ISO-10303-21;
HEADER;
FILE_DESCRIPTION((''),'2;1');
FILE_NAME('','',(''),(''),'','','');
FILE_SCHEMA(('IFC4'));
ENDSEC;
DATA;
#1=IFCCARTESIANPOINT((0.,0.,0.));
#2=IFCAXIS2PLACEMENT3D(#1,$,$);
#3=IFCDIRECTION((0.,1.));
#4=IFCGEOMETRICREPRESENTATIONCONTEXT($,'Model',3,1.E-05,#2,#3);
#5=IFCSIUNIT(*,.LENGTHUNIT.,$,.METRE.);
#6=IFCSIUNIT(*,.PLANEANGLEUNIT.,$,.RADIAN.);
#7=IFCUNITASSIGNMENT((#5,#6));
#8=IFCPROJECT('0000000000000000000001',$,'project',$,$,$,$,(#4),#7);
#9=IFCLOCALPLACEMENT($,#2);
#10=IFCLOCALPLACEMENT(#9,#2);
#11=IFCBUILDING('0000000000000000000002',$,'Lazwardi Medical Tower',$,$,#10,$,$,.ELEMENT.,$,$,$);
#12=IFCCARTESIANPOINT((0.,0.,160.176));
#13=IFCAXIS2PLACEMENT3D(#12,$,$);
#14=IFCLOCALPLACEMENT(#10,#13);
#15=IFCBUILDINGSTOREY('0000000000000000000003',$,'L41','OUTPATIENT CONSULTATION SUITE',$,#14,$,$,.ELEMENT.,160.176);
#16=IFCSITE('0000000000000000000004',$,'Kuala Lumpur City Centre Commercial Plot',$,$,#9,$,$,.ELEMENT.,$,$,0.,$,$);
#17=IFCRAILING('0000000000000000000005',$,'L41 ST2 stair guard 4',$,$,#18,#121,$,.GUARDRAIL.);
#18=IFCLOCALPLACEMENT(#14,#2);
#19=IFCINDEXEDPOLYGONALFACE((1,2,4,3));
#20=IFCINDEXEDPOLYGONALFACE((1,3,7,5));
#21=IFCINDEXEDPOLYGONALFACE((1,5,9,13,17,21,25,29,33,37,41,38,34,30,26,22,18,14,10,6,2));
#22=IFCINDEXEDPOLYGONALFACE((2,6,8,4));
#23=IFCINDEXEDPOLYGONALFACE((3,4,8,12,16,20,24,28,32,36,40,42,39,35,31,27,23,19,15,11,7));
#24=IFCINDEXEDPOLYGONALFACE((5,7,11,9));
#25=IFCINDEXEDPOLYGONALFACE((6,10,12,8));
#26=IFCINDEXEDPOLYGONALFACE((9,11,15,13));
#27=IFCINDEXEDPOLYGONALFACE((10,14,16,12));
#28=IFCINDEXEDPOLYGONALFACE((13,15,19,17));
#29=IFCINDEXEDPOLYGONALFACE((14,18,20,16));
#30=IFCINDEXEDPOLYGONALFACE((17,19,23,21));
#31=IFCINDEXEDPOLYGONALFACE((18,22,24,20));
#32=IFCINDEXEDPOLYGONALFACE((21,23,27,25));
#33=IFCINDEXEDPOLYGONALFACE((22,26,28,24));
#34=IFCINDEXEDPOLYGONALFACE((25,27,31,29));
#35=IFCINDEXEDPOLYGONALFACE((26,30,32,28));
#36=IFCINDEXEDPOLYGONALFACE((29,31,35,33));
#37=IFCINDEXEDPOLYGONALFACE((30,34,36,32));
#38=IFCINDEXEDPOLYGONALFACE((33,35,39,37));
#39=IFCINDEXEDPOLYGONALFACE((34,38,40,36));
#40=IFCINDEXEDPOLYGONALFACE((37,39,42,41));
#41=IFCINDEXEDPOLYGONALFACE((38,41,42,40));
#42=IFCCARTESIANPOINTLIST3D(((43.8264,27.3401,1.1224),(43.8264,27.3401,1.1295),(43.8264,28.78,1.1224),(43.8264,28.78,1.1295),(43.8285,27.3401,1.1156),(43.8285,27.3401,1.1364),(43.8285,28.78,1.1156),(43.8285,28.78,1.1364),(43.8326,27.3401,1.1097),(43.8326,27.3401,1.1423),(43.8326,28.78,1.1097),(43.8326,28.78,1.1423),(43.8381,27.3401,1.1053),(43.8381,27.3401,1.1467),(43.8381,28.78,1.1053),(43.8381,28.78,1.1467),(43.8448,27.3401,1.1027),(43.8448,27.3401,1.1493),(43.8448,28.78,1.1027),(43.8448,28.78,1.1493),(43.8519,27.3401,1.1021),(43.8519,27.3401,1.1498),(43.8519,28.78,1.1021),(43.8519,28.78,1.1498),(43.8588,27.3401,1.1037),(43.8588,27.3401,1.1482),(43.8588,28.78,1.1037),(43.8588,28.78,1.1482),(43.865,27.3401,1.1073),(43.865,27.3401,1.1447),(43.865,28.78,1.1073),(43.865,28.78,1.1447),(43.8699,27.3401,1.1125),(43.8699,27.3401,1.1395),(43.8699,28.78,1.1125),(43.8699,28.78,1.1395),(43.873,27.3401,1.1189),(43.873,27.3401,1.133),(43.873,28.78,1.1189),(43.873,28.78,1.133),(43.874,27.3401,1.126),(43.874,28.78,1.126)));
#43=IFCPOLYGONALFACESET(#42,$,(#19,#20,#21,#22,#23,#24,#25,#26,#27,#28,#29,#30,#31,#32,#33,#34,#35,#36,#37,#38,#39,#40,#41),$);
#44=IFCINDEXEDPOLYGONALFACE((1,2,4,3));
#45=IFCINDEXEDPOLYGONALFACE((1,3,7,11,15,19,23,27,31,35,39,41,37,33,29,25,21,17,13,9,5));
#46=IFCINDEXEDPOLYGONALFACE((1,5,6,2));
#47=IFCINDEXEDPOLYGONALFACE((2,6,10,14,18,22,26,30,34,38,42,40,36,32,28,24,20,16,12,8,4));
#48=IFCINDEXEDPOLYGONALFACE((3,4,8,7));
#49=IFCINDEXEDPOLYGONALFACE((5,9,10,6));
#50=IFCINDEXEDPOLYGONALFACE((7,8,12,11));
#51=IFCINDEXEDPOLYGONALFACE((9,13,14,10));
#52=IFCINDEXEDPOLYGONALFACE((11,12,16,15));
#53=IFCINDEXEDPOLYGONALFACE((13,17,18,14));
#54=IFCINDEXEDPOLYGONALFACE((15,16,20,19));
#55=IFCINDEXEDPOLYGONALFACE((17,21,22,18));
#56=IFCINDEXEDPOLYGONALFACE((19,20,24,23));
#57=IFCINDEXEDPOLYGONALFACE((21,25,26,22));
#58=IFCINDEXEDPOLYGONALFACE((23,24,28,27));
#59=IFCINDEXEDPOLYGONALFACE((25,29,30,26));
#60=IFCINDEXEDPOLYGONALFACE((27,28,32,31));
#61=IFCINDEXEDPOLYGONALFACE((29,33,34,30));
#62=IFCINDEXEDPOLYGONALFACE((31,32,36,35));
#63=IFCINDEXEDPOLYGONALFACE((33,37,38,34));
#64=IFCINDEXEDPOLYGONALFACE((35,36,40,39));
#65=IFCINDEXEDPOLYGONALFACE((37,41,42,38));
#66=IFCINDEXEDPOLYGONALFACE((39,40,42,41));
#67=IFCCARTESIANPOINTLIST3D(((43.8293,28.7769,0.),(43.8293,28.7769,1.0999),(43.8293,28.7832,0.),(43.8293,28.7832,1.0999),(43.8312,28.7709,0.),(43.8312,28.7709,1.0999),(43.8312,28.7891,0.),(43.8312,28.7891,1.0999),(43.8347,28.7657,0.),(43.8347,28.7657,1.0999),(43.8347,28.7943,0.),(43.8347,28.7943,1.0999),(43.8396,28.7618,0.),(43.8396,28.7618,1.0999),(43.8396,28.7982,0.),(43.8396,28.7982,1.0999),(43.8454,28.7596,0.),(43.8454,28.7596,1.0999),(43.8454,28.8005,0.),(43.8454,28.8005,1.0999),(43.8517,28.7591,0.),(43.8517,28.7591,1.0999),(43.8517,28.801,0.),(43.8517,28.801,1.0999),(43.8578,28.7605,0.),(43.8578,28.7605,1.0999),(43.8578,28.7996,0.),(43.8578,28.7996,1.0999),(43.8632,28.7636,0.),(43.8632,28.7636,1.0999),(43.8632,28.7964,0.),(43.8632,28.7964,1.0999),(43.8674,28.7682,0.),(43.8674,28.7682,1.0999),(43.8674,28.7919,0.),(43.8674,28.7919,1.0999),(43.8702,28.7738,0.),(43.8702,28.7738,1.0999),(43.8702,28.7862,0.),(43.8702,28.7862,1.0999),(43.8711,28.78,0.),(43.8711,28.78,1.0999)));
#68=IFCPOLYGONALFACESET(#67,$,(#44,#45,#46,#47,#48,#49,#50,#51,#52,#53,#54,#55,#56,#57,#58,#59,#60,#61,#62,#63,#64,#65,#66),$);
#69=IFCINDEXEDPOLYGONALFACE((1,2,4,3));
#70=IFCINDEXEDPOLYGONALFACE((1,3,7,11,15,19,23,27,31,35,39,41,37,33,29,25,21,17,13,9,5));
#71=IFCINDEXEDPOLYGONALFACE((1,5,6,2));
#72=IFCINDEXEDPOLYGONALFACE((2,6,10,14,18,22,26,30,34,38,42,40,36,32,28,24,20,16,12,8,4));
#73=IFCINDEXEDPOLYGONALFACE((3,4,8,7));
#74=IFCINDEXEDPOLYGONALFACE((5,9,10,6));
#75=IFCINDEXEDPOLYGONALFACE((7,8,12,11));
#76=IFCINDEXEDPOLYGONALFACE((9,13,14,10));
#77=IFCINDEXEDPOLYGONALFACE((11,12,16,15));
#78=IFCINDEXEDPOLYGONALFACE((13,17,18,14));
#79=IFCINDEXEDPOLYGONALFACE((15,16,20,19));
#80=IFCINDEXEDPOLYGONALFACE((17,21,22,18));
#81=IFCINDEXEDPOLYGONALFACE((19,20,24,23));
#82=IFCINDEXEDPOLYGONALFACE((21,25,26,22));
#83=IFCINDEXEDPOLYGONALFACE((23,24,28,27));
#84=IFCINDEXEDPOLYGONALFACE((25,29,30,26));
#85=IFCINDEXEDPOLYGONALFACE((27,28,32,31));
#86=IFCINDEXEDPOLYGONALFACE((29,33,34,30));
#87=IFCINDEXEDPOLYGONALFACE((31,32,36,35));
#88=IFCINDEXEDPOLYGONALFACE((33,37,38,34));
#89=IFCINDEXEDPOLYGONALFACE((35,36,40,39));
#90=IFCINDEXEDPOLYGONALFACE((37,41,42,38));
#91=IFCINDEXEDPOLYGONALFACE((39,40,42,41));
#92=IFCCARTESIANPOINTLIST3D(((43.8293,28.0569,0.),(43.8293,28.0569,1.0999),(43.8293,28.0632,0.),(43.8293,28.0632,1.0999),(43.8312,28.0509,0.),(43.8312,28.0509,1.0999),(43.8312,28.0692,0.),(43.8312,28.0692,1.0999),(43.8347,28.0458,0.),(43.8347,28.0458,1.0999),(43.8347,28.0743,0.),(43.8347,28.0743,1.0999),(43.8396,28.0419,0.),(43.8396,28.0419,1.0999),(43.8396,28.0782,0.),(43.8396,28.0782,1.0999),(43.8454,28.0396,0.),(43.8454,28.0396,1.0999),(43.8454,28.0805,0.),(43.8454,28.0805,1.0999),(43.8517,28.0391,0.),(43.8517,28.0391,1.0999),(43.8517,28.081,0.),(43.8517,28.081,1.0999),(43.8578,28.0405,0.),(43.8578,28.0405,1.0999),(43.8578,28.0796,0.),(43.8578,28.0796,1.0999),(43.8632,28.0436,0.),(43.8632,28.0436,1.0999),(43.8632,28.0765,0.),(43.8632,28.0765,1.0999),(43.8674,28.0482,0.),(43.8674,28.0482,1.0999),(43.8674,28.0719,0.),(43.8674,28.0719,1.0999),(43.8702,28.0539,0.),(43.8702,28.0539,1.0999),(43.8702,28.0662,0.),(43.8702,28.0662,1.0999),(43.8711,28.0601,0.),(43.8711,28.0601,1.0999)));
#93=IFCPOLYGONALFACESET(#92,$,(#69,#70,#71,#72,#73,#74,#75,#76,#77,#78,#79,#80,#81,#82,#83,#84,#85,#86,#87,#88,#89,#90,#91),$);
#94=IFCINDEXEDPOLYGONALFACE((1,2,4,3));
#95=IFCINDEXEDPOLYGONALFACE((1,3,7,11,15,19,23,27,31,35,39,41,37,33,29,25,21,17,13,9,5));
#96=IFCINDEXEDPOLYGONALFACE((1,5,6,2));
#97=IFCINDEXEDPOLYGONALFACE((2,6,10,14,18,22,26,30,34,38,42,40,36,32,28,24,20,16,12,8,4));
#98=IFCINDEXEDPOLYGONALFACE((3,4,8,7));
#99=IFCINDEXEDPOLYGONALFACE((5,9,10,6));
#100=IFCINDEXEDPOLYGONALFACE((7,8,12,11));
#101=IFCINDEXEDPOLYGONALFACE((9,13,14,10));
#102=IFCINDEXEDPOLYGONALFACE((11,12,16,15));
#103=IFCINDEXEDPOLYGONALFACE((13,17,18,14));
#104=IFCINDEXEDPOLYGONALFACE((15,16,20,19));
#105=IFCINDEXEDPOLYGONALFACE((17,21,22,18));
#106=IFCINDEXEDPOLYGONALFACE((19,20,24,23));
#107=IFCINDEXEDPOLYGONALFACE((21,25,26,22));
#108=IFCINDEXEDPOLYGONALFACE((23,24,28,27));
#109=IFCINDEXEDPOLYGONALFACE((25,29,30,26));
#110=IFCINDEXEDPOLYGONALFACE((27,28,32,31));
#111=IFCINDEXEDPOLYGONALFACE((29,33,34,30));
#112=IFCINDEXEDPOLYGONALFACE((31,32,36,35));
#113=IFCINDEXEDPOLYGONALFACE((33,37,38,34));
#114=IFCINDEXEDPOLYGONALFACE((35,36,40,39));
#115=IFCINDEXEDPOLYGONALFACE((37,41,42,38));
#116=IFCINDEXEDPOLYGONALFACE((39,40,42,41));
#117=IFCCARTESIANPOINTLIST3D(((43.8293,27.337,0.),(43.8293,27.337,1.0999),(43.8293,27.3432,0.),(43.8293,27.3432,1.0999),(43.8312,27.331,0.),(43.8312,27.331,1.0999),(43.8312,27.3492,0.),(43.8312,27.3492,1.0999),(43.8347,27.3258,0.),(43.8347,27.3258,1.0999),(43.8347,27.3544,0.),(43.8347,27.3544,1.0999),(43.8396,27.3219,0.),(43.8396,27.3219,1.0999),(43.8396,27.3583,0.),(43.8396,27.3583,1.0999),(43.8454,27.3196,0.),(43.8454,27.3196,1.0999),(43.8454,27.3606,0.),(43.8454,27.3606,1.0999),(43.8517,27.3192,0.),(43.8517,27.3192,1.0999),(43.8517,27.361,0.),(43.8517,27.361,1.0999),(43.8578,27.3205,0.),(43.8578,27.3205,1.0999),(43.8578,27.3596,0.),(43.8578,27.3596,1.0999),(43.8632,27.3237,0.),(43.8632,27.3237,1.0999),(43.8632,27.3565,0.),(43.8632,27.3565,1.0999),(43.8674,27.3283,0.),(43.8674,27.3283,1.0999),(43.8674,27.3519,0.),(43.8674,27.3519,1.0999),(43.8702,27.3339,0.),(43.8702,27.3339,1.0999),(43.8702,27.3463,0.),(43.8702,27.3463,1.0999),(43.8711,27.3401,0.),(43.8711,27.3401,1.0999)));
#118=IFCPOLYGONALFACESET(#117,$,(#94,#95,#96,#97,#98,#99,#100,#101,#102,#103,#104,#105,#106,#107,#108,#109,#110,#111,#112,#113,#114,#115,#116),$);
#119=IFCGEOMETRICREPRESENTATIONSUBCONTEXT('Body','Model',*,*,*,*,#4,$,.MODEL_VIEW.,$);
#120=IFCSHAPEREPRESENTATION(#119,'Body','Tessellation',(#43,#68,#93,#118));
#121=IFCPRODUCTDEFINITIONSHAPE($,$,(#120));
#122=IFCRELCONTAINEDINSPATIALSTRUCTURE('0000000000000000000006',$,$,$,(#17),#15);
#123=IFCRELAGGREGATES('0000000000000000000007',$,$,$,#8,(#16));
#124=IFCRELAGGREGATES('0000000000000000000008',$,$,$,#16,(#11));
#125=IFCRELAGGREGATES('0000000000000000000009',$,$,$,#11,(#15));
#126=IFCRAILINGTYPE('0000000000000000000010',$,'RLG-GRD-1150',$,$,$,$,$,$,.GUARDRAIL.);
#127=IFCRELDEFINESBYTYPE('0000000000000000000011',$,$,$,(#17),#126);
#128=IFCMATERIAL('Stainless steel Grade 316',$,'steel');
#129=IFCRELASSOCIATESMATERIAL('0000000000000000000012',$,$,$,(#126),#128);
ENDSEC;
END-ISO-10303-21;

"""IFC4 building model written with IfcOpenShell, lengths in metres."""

from ifc_helpers import new_model, si_unit, direction, frame, origin, origin_2d, place, context, subcontext, project, spatial, circle, extrude, material, type_object, element, save


model = new_model("IFC4")

# Units and contexts
model_context = context("Model", 3, precision=1e-05, world=origin(), true_north=direction((0.0, 1.0)))
body_context = subcontext(model_context, "Body", "Model", "MODEL_VIEW")
ifc_project = project(units=[si_unit("LENGTHUNIT", "METRE"), si_unit("PLANEANGLEUNIT", "RADIAN")], contexts=[model_context])

# Site, building, storey
site_placement = place(None, origin())
site = spatial("IfcSite", under=ifc_project, at=site_placement, Name="Kuala Lumpur City Centre Commercial Plot", CompositionType="ELEMENT", RefElevation=0.0)
building_placement = place(site_placement, origin())
building = spatial("IfcBuilding", under=site, at=building_placement, Name="Lazwardi Medical Tower", CompositionType="ELEMENT")
storey_placement = place(building_placement, frame((0.0, 0.0, 160.176)))
storey = spatial("IfcBuildingStorey", under=building, at=storey_placement, Name="L41", Description="OUTPATIENT CONSULTATION SUITE", CompositionType="ELEMENT", Elevation=160.176)

# Railing
ifc_material_1 = material(Name="Stainless steel Grade 316", Category="steel")
railing_type_1 = type_object("IfcRailingType", Name="RLG-GRD-1150", PredefinedType="GUARDRAIL", material=ifc_material_1)
railing_1_placement = place(storey_placement, frame((43.8501, 28.78, 0.0)))
element("IfcRailing", 1, at=railing_1_placement, inside=storey, type_object=railing_type_1, Name="L41 ST2 stair guard 4", PredefinedType="GUARDRAIL", context=body_context, shape_type="SweptSolid", body=[
    extrude(circle(Radius=0.0239, at=origin_2d()), frame((0.0, 0.0, 1.126), z_axis=(0.0, -1.0, 0.0), x_axis=(1.0, 0.0, 0.0)), (0.0, 0.0, 1.0), 1.4399),
    extrude(circle(Radius=0.021, at=origin_2d()), origin(), (0.0, 0.0, 1.0), 1.0999),
    extrude(circle(Radius=0.021, at=origin_2d()), frame((0.0, -0.72, 0.0)), (0.0, 0.0, 1.0), 1.0999),
    extrude(circle(Radius=0.021, at=origin_2d()), frame((0.0, -1.4399, 0.0)), (0.0, 0.0, 1.0), 1.0999),
])

save(model, "model.ifc")
